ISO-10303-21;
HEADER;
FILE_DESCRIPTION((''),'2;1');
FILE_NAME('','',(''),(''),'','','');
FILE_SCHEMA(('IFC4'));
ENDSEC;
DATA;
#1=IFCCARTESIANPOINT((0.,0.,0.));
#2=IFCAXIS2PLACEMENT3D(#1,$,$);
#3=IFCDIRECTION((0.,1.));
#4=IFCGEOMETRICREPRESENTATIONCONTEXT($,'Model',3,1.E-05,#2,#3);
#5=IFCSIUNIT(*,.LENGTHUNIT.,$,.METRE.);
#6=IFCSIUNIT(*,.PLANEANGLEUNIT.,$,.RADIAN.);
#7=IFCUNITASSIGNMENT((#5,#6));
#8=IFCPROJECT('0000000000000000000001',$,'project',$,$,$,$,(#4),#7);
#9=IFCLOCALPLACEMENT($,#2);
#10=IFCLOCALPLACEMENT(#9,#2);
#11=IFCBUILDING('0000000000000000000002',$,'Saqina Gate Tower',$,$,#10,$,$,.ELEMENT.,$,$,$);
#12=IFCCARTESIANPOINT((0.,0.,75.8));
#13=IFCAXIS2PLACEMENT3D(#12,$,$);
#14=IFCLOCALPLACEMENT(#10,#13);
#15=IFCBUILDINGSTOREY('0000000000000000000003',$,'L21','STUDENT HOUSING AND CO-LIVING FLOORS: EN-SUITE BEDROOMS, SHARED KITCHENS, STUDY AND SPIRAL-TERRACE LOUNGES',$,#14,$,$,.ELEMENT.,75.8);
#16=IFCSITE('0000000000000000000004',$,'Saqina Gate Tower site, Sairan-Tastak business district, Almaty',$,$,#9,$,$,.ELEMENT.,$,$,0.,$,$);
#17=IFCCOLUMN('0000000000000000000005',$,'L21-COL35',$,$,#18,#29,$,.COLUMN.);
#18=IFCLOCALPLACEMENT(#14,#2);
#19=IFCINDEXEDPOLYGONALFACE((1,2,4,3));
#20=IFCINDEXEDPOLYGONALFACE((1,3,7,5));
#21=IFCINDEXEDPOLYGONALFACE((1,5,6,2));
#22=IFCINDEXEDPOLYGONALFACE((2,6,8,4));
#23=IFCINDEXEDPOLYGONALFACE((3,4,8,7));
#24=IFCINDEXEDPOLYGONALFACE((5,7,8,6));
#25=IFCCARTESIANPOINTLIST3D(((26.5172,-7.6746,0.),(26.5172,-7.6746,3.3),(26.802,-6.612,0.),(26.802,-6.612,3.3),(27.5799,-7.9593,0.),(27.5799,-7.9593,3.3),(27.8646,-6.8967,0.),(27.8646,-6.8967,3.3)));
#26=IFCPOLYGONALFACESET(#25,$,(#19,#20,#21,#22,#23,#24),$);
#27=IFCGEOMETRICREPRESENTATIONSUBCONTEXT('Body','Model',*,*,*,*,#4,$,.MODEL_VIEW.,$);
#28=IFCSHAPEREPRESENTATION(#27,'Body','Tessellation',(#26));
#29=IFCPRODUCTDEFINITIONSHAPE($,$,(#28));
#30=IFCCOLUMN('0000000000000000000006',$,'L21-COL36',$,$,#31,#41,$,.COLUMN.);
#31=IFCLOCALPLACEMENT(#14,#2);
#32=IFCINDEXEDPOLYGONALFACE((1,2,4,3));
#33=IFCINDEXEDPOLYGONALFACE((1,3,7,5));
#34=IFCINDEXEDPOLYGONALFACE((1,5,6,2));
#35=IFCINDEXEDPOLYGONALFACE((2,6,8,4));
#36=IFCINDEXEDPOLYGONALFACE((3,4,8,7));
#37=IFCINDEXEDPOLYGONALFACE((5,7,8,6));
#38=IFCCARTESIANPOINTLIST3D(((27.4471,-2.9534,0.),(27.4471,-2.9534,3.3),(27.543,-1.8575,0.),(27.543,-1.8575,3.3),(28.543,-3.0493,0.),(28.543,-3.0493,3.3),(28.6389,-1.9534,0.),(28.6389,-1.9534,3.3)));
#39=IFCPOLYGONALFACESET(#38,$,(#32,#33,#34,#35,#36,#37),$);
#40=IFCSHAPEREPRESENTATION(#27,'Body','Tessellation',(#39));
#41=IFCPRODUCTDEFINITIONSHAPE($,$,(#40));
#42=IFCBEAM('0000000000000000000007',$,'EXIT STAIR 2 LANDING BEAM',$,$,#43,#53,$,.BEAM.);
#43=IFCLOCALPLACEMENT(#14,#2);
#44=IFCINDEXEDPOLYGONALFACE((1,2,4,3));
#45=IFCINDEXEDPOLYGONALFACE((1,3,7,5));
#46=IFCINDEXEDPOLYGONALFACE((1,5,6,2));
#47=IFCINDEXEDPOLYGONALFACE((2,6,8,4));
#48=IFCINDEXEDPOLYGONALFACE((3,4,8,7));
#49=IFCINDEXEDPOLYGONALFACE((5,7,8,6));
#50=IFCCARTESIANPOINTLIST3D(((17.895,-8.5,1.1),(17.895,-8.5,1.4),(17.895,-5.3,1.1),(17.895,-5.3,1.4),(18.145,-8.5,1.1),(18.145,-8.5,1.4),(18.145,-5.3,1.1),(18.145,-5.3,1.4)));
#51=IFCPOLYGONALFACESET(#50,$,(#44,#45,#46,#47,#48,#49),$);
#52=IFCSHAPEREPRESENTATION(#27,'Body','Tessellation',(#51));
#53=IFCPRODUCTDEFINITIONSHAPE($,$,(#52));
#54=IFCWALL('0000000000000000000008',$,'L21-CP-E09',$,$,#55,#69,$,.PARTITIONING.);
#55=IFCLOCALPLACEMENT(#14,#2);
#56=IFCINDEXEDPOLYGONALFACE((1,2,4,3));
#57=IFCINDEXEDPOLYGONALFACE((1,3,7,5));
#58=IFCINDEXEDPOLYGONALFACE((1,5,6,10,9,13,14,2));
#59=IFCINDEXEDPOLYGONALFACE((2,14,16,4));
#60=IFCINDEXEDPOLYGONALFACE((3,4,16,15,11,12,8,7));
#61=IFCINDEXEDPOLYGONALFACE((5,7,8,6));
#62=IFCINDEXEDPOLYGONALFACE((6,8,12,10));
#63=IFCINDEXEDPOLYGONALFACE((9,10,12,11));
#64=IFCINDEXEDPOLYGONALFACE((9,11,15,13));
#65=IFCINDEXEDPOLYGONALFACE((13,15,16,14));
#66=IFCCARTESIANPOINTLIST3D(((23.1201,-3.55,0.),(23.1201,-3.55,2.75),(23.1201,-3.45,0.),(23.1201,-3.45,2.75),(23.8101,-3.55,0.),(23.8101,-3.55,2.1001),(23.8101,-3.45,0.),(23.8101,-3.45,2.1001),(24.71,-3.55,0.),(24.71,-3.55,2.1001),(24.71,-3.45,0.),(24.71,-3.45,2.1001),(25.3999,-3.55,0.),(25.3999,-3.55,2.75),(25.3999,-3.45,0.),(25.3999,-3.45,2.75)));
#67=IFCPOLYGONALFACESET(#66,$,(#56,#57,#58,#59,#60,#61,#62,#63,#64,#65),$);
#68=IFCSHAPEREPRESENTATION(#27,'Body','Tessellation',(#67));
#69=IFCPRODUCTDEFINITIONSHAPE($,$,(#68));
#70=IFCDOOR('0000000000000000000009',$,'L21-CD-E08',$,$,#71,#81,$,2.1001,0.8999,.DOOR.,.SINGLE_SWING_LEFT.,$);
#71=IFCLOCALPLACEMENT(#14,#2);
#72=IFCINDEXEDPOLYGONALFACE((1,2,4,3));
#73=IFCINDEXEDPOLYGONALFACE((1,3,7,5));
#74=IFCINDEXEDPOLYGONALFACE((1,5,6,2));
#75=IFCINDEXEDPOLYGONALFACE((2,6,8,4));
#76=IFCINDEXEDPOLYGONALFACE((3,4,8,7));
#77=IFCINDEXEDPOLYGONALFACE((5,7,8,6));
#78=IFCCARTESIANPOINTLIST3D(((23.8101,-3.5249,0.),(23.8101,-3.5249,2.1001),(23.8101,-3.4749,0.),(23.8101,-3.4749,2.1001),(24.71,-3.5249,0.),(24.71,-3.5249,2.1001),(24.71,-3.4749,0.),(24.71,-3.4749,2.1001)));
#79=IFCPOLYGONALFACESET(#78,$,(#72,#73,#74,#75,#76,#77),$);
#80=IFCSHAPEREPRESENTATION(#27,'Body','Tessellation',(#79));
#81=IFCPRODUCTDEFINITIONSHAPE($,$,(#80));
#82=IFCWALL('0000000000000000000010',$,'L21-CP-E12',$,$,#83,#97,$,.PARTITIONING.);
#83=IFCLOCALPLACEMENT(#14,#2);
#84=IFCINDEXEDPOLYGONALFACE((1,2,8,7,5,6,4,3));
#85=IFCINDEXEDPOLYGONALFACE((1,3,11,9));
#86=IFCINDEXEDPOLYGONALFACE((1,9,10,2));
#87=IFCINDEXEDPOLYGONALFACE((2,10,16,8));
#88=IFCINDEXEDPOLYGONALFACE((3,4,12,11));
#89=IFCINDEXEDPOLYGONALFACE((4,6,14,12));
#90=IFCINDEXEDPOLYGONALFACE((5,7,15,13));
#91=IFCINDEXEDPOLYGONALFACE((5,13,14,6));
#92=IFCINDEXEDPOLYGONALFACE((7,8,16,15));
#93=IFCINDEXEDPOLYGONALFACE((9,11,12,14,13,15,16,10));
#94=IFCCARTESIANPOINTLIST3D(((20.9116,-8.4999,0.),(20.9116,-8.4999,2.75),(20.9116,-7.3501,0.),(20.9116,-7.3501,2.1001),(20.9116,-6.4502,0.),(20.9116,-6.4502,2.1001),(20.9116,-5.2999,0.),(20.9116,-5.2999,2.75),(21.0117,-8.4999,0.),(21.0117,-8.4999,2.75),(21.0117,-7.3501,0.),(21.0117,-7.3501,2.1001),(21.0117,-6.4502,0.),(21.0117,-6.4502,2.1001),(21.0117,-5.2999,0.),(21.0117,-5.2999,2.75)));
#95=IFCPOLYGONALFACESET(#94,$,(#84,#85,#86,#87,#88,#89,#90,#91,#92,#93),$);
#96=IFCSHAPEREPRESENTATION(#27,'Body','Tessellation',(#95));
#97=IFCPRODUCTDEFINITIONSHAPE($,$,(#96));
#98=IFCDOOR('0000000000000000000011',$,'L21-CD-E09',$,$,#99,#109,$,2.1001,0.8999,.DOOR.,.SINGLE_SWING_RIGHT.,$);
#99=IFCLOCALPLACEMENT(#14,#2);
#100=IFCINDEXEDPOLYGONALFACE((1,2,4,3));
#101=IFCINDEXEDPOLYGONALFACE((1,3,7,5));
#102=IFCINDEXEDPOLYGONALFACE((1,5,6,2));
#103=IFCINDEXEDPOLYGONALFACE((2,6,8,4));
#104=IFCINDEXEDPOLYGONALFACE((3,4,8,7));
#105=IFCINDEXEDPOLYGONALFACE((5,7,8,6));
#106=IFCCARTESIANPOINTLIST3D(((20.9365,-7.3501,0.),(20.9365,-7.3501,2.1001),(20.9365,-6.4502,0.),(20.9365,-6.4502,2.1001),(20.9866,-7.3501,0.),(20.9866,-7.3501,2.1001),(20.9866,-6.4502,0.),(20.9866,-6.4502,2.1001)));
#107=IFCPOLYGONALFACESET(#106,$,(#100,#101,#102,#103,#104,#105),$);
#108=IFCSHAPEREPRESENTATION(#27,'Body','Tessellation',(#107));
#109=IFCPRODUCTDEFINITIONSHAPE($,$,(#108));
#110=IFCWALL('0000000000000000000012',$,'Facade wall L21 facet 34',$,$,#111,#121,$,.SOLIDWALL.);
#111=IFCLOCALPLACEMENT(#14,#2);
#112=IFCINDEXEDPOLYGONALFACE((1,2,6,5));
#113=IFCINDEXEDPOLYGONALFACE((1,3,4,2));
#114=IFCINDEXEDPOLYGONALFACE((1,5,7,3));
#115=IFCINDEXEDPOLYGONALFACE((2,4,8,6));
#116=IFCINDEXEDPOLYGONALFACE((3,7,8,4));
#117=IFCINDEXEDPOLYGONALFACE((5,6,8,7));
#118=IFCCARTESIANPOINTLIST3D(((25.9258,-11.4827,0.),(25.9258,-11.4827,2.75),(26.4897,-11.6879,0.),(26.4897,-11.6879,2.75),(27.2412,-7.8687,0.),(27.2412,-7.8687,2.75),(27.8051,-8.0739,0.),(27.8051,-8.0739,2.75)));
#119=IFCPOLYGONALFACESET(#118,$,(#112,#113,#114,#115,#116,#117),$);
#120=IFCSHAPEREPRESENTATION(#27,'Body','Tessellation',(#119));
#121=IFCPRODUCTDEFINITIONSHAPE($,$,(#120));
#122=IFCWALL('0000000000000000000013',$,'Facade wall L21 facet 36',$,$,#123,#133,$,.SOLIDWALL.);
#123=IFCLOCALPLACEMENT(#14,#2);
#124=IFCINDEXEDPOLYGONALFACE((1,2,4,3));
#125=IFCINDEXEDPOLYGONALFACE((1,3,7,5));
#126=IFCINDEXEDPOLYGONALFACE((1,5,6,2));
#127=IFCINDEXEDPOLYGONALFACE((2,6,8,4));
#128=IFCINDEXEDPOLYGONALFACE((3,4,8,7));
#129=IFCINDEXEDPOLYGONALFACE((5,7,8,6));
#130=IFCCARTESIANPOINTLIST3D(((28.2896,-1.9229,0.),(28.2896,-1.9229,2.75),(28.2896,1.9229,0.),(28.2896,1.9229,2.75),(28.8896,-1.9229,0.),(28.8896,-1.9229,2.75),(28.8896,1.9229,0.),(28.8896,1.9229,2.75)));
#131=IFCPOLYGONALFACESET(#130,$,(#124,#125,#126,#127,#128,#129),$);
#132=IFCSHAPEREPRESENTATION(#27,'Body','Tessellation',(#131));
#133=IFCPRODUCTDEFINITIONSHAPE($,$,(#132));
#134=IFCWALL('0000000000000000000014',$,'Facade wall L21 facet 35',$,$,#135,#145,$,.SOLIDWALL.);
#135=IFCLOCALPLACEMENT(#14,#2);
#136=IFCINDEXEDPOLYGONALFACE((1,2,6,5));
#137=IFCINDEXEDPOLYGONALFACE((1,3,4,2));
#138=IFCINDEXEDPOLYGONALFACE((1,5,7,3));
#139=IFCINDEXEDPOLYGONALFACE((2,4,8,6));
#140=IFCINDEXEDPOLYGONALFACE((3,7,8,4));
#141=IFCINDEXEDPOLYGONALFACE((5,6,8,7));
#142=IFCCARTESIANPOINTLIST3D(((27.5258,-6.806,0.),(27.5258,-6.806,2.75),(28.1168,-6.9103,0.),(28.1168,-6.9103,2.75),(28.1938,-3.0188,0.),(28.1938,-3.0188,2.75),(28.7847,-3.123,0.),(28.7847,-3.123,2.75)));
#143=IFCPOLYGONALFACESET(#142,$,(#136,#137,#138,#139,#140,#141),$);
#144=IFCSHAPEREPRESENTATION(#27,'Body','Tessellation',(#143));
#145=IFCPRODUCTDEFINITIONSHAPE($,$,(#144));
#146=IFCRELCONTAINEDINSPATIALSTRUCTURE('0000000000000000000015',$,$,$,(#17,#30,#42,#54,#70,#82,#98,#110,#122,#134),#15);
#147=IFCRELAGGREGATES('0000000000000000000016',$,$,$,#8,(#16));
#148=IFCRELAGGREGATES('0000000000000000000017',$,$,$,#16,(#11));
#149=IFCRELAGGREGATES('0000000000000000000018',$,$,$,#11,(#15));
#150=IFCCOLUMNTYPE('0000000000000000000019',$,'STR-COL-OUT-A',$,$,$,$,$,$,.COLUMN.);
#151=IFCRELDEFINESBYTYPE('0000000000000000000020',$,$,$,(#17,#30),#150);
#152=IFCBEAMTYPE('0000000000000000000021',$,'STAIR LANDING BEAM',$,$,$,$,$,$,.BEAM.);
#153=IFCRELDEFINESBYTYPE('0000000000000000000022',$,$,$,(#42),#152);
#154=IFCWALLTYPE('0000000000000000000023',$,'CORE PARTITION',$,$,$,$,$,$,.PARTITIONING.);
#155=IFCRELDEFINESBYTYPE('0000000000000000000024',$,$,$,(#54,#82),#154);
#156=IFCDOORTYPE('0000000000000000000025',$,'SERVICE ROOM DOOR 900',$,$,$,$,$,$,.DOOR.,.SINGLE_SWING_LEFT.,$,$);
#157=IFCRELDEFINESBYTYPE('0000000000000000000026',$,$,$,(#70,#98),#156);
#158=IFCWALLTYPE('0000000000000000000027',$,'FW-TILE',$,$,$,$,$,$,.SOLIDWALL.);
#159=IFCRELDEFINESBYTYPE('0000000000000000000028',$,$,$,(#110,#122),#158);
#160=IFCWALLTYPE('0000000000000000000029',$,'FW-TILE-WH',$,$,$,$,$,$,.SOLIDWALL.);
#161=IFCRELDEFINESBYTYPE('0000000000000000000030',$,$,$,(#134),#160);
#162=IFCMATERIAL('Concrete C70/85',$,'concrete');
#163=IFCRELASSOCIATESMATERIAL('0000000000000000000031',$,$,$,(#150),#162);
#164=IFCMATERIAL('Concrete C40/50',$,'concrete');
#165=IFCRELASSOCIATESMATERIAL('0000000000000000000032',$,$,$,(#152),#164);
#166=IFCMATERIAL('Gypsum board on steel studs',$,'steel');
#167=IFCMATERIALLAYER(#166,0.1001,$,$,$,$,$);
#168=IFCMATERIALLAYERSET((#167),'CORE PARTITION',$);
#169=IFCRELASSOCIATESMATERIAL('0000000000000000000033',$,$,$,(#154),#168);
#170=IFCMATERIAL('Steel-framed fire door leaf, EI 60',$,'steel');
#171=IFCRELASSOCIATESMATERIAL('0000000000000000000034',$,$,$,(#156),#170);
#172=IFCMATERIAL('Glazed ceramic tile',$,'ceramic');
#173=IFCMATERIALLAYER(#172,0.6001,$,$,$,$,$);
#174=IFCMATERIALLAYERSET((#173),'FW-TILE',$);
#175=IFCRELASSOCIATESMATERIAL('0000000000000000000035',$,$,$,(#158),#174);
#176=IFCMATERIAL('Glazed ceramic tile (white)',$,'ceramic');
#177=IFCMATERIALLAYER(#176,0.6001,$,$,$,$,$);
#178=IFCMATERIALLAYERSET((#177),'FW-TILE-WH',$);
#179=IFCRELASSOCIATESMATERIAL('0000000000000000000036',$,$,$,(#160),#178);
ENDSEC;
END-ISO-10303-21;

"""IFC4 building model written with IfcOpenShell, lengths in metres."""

from ifc_helpers import new_model, si_unit, direction, frame, frame_2d, origin, origin_2d, place, context, subcontext, project, spatial, rectangle, extrude, material, layer, layer_set, material_profile, profile_set, type_object, element, fill, save


model = new_model("IFC4")

# Units and contexts
model_context = context("Model", 3, precision=1e-05, world=origin(), true_north=direction((0.0, 1.0)))
body_context = subcontext(model_context, "Body", "Model", "MODEL_VIEW")
ifc_project = project(units=[si_unit("LENGTHUNIT", "METRE"), si_unit("PLANEANGLEUNIT", "RADIAN")], contexts=[model_context])

# Site, building, storey
site_placement = place(None, origin())
site = spatial("IfcSite", under=ifc_project, at=site_placement, Name="Saqina Gate Tower site, Sairan-Tastak business district, Almaty", CompositionType="ELEMENT", RefElevation=0.0)
building_placement = place(site_placement, origin())
building = spatial("IfcBuilding", under=site, at=building_placement, Name="Saqina Gate Tower", CompositionType="ELEMENT")
storey_placement = place(building_placement, frame((0.0, 0.0, 75.8)))
storey = spatial("IfcBuildingStorey", under=building, at=storey_placement, Name="L21", Description="STUDENT HOUSING AND CO-LIVING FLOORS: EN-SUITE BEDROOMS, SHARED KITCHENS, STUDY AND SPIRAL-TERRACE LOUNGES", CompositionType="ELEMENT", Elevation=75.8)

# Columns
ifc_material_1 = material(Name="Concrete C70/85", Category="concrete")
ifc_material_profile_1 = material_profile(ifc_material_1, rectangle(XDim=1.1001, YDim=1.1001, at=origin_2d()), Name="RC 1100x1100")
ifc_profile_set_1 = profile_set([ifc_material_profile_1], Name="Concrete C70/85")
column_type = type_object("IfcColumnType", Name="STR-COL-OUT-A", PredefinedType="COLUMN", material=ifc_profile_set_1)
for number, where, z_axis, x_axis, name in (
    (1, (27.1909, -7.2856, 0.0), (0.0, 0.0, 1.0), (0.965926, -0.258819, 0.0), "L21-COL35"),
    (2, (28.043, -2.4534, 0.0), (0.0, 0.0, 1.0), (0.996195, -0.087156, 0.0), "L21-COL36"),
):
    element("IfcColumn", number, at=place(storey_placement, frame(where, z_axis=z_axis, x_axis=x_axis)), inside=storey, type_object=column_type, Name=name, PredefinedType="COLUMN", context=body_context, shape_type="SweptSolid", body=[
        extrude(rectangle(XDim=1.1001, YDim=1.1001, at=origin_2d()), origin(), (0.0, 0.0, 1.0), 3.3),
    ])

# Beam
ifc_material_2 = material(Name="Concrete C40/50", Category="concrete")
ifc_material_profile_2 = material_profile(ifc_material_2, rectangle(XDim=0.25, YDim=0.3, at=origin_2d()), Name="STAIR LANDING BEAM")
ifc_profile_set_2 = profile_set([ifc_material_profile_2], Name="Concrete C40/50")
beam_type = type_object("IfcBeamType", Name="STAIR LANDING BEAM", PredefinedType="BEAM", material=ifc_profile_set_2)
beam_placement = place(storey_placement, frame((18.02, -8.5, 1.25), z_axis=(0.0, 1.0, 0.0), x_axis=(-1.0, 0.0, 0.0)))
element("IfcBeam", 3, at=beam_placement, inside=storey, type_object=beam_type, Name="EXIT STAIR 2 LANDING BEAM", PredefinedType="BEAM", context=body_context, shape_type="SweptSolid", body=[
    extrude(rectangle(XDim=0.25, YDim=0.3, at=origin_2d()), origin(), (0.0, 0.0, 1.0), 3.2),
])

# Walls, openings, doors
ifc_material_3 = material(Name="Gypsum board on steel studs", Category="steel")
ifc_layer_1 = layer(ifc_material_3, 0.1001)
ifc_layer_set_1 = layer_set([ifc_layer_1], Name="CORE PARTITION")
wall_type_1 = type_object("IfcWallType", Name="CORE PARTITION", PredefinedType="PARTITIONING", material=ifc_layer_set_1)
wall_1_placement = place(storey_placement, frame((23.1201, -3.5, 0.0), z_axis=(0.0, 0.0, 1.0), x_axis=(1.0, 0.0, 0.0)))
wall_1 = element("IfcWall", 4, at=wall_1_placement, inside=storey, type_object=wall_type_1, Name="L21-CP-E09", PredefinedType="PARTITIONING", context=body_context, shape_type="SweptSolid", body=[
    extrude(rectangle(XDim=2.2798, YDim=0.1001, at=frame_2d((1.1399, 0.0))), origin(), (0.0, 0.0, 1.0), 2.75),
])
opening_1_placement = place(wall_1_placement, frame((0.6899, 0.0, 0.0)))
opening_1 = element("IfcOpeningElement", 5, at=opening_1_placement, cuts=wall_1, PredefinedType="OPENING", context=body_context, shape_type="SweptSolid", body=[
    extrude(rectangle(XDim=0.8999, YDim=2.1001, at=frame_2d((0.45, 1.05))), frame((0.0, 0.062, 0.0), z_axis=(0.0, -1.0, 0.0), x_axis=(1.0, 0.0, 0.0)), (0.0, 0.0, 1.0), 0.124),
])
ifc_material_4 = material(Name="Steel-framed fire door leaf, EI 60", Category="steel")
door_type_1 = type_object("IfcDoorType", Name="SERVICE ROOM DOOR 900", OperationType="SINGLE_SWING_LEFT", PredefinedType="DOOR", material=ifc_material_4)
door_1_placement = place(opening_1_placement, frame((0.8999, 0.0, 0.0), z_axis=(0.0, 0.0, 1.0), x_axis=(-1.0, 0.0, 0.0)))
door_1 = element("IfcDoor", 6, at=door_1_placement, inside=storey, type_object=door_type_1, Name="L21-CD-E08", OperationType="SINGLE_SWING_LEFT", OverallHeight=2.1001, OverallWidth=0.8999, PredefinedType="DOOR", context=body_context, shape_type="SweptSolid", body=[
    extrude(rectangle(XDim=0.8999, YDim=2.1001, at=frame_2d((0.45, 1.05))), frame((0.0, 0.0249, 0.0), z_axis=(0.0, -1.0, 0.0), x_axis=(1.0, 0.0, 0.0)), (0.0, 0.0, 1.0), 0.05),
])
fill(opening_1, door_1)
wall_2_placement = place(storey_placement, frame((20.9617, -8.5, 0.0), z_axis=(0.0, 0.0, 1.0), x_axis=(0.0, 1.0, 0.0)))
wall_2 = element("IfcWall", 7, at=wall_2_placement, inside=storey, type_object=wall_type_1, Name="L21-CP-E12", PredefinedType="PARTITIONING", context=body_context, shape_type="SweptSolid", body=[
    extrude(rectangle(XDim=3.2, YDim=0.1001, at=frame_2d((1.6001, 0.0))), origin(), (0.0, 0.0, 1.0), 2.75),
])
opening_2_placement = place(wall_2_placement, frame((1.1499, 0.0, 0.0)))
opening_2 = element("IfcOpeningElement", 8, at=opening_2_placement, cuts=wall_2, PredefinedType="OPENING", context=body_context, shape_type="SweptSolid", body=[
    extrude(rectangle(XDim=0.8999, YDim=2.1001, at=frame_2d((0.45, 1.05))), frame((0.0, 0.062, 0.0), z_axis=(0.0, -1.0, 0.0), x_axis=(1.0, 0.0, 0.0)), (0.0, 0.0, 1.0), 0.124),
])
door_2_placement = place(opening_2_placement, frame((0.8999, 0.0, 0.0), z_axis=(0.0, 0.0, 1.0), x_axis=(-1.0, 0.0, 0.0)))
door_2 = element("IfcDoor", 9, at=door_2_placement, inside=storey, type_object=door_type_1, Name="L21-CD-E09", OperationType="SINGLE_SWING_RIGHT", OverallHeight=2.1001, OverallWidth=0.8999, PredefinedType="DOOR", context=body_context, shape_type="SweptSolid", body=[
    extrude(rectangle(XDim=0.8999, YDim=2.1001, at=frame_2d((0.45, 1.05))), frame((0.0, 0.0249, 0.0), z_axis=(0.0, -1.0, 0.0), x_axis=(1.0, 0.0, 0.0)), (0.0, 0.0, 1.0), 0.05),
])
fill(opening_2, door_2)

# Walls
ifc_material_5 = material(Name="Glazed ceramic tile", Category="ceramic")
ifc_layer_2 = layer(ifc_material_5, 0.6001)
ifc_layer_set_2 = layer_set([ifc_layer_2], Name="FW-TILE")
wall_type_2 = type_object("IfcWallType", Name="FW-TILE", PredefinedType="SOLIDWALL", material=ifc_layer_set_2)
wall_3_placement = place(storey_placement, frame((26.2078, -11.5852, 0.0), z_axis=(0.0, 0.0, 1.0), x_axis=(0.342028, 0.93969, 0.0)))
element("IfcWall", 10, at=wall_3_placement, inside=storey, type_object=wall_type_2, Name="Facade wall L21 facet 34", PredefinedType="SOLIDWALL", context=body_context, shape_type="SweptSolid", body=[
    extrude(rectangle(XDim=3.8459, YDim=0.6001, at=frame_2d((1.9229, 0.0))), origin(), (0.0, 0.0, 1.0), 2.75),
])
wall_4_placement = place(storey_placement, frame((28.5896, -1.9229, 0.0), z_axis=(0.0, 0.0, 1.0), x_axis=(0.0, 1.0, 0.0)))
element("IfcWall", 11, at=wall_4_placement, inside=storey, type_object=wall_type_2, Name="Facade wall L21 facet 36", PredefinedType="SOLIDWALL", context=body_context, shape_type="SweptSolid", body=[
    extrude(rectangle(XDim=3.8457, YDim=0.6001, at=frame_2d((1.9229, 0.0))), origin(), (0.0, 0.0, 1.0), 2.75),
])
ifc_material_6 = material(Name="Glazed ceramic tile (white)", Category="ceramic")
ifc_layer_3 = layer(ifc_material_6, 0.6001)
ifc_layer_set_3 = layer_set([ifc_layer_3], Name="FW-TILE-WH")
wall_type_3 = type_object("IfcWallType", Name="FW-TILE-WH", PredefinedType="SOLIDWALL", material=ifc_layer_set_3)
wall_5_placement = place(storey_placement, frame((27.8213, -6.8582, 0.0), z_axis=(0.0, 0.0, 1.0), x_axis=(0.173688, 0.984801, 0.0)))
element("IfcWall", 12, at=wall_5_placement, inside=storey, type_object=wall_type_3, Name="Facade wall L21 facet 35", PredefinedType="SOLIDWALL", context=body_context, shape_type="SweptSolid", body=[
    extrude(rectangle(XDim=3.8457, YDim=0.6001, at=frame_2d((1.9229, 0.0))), origin(), (0.0, 0.0, 1.0), 2.75),
])

save(model, "model.ifc")
